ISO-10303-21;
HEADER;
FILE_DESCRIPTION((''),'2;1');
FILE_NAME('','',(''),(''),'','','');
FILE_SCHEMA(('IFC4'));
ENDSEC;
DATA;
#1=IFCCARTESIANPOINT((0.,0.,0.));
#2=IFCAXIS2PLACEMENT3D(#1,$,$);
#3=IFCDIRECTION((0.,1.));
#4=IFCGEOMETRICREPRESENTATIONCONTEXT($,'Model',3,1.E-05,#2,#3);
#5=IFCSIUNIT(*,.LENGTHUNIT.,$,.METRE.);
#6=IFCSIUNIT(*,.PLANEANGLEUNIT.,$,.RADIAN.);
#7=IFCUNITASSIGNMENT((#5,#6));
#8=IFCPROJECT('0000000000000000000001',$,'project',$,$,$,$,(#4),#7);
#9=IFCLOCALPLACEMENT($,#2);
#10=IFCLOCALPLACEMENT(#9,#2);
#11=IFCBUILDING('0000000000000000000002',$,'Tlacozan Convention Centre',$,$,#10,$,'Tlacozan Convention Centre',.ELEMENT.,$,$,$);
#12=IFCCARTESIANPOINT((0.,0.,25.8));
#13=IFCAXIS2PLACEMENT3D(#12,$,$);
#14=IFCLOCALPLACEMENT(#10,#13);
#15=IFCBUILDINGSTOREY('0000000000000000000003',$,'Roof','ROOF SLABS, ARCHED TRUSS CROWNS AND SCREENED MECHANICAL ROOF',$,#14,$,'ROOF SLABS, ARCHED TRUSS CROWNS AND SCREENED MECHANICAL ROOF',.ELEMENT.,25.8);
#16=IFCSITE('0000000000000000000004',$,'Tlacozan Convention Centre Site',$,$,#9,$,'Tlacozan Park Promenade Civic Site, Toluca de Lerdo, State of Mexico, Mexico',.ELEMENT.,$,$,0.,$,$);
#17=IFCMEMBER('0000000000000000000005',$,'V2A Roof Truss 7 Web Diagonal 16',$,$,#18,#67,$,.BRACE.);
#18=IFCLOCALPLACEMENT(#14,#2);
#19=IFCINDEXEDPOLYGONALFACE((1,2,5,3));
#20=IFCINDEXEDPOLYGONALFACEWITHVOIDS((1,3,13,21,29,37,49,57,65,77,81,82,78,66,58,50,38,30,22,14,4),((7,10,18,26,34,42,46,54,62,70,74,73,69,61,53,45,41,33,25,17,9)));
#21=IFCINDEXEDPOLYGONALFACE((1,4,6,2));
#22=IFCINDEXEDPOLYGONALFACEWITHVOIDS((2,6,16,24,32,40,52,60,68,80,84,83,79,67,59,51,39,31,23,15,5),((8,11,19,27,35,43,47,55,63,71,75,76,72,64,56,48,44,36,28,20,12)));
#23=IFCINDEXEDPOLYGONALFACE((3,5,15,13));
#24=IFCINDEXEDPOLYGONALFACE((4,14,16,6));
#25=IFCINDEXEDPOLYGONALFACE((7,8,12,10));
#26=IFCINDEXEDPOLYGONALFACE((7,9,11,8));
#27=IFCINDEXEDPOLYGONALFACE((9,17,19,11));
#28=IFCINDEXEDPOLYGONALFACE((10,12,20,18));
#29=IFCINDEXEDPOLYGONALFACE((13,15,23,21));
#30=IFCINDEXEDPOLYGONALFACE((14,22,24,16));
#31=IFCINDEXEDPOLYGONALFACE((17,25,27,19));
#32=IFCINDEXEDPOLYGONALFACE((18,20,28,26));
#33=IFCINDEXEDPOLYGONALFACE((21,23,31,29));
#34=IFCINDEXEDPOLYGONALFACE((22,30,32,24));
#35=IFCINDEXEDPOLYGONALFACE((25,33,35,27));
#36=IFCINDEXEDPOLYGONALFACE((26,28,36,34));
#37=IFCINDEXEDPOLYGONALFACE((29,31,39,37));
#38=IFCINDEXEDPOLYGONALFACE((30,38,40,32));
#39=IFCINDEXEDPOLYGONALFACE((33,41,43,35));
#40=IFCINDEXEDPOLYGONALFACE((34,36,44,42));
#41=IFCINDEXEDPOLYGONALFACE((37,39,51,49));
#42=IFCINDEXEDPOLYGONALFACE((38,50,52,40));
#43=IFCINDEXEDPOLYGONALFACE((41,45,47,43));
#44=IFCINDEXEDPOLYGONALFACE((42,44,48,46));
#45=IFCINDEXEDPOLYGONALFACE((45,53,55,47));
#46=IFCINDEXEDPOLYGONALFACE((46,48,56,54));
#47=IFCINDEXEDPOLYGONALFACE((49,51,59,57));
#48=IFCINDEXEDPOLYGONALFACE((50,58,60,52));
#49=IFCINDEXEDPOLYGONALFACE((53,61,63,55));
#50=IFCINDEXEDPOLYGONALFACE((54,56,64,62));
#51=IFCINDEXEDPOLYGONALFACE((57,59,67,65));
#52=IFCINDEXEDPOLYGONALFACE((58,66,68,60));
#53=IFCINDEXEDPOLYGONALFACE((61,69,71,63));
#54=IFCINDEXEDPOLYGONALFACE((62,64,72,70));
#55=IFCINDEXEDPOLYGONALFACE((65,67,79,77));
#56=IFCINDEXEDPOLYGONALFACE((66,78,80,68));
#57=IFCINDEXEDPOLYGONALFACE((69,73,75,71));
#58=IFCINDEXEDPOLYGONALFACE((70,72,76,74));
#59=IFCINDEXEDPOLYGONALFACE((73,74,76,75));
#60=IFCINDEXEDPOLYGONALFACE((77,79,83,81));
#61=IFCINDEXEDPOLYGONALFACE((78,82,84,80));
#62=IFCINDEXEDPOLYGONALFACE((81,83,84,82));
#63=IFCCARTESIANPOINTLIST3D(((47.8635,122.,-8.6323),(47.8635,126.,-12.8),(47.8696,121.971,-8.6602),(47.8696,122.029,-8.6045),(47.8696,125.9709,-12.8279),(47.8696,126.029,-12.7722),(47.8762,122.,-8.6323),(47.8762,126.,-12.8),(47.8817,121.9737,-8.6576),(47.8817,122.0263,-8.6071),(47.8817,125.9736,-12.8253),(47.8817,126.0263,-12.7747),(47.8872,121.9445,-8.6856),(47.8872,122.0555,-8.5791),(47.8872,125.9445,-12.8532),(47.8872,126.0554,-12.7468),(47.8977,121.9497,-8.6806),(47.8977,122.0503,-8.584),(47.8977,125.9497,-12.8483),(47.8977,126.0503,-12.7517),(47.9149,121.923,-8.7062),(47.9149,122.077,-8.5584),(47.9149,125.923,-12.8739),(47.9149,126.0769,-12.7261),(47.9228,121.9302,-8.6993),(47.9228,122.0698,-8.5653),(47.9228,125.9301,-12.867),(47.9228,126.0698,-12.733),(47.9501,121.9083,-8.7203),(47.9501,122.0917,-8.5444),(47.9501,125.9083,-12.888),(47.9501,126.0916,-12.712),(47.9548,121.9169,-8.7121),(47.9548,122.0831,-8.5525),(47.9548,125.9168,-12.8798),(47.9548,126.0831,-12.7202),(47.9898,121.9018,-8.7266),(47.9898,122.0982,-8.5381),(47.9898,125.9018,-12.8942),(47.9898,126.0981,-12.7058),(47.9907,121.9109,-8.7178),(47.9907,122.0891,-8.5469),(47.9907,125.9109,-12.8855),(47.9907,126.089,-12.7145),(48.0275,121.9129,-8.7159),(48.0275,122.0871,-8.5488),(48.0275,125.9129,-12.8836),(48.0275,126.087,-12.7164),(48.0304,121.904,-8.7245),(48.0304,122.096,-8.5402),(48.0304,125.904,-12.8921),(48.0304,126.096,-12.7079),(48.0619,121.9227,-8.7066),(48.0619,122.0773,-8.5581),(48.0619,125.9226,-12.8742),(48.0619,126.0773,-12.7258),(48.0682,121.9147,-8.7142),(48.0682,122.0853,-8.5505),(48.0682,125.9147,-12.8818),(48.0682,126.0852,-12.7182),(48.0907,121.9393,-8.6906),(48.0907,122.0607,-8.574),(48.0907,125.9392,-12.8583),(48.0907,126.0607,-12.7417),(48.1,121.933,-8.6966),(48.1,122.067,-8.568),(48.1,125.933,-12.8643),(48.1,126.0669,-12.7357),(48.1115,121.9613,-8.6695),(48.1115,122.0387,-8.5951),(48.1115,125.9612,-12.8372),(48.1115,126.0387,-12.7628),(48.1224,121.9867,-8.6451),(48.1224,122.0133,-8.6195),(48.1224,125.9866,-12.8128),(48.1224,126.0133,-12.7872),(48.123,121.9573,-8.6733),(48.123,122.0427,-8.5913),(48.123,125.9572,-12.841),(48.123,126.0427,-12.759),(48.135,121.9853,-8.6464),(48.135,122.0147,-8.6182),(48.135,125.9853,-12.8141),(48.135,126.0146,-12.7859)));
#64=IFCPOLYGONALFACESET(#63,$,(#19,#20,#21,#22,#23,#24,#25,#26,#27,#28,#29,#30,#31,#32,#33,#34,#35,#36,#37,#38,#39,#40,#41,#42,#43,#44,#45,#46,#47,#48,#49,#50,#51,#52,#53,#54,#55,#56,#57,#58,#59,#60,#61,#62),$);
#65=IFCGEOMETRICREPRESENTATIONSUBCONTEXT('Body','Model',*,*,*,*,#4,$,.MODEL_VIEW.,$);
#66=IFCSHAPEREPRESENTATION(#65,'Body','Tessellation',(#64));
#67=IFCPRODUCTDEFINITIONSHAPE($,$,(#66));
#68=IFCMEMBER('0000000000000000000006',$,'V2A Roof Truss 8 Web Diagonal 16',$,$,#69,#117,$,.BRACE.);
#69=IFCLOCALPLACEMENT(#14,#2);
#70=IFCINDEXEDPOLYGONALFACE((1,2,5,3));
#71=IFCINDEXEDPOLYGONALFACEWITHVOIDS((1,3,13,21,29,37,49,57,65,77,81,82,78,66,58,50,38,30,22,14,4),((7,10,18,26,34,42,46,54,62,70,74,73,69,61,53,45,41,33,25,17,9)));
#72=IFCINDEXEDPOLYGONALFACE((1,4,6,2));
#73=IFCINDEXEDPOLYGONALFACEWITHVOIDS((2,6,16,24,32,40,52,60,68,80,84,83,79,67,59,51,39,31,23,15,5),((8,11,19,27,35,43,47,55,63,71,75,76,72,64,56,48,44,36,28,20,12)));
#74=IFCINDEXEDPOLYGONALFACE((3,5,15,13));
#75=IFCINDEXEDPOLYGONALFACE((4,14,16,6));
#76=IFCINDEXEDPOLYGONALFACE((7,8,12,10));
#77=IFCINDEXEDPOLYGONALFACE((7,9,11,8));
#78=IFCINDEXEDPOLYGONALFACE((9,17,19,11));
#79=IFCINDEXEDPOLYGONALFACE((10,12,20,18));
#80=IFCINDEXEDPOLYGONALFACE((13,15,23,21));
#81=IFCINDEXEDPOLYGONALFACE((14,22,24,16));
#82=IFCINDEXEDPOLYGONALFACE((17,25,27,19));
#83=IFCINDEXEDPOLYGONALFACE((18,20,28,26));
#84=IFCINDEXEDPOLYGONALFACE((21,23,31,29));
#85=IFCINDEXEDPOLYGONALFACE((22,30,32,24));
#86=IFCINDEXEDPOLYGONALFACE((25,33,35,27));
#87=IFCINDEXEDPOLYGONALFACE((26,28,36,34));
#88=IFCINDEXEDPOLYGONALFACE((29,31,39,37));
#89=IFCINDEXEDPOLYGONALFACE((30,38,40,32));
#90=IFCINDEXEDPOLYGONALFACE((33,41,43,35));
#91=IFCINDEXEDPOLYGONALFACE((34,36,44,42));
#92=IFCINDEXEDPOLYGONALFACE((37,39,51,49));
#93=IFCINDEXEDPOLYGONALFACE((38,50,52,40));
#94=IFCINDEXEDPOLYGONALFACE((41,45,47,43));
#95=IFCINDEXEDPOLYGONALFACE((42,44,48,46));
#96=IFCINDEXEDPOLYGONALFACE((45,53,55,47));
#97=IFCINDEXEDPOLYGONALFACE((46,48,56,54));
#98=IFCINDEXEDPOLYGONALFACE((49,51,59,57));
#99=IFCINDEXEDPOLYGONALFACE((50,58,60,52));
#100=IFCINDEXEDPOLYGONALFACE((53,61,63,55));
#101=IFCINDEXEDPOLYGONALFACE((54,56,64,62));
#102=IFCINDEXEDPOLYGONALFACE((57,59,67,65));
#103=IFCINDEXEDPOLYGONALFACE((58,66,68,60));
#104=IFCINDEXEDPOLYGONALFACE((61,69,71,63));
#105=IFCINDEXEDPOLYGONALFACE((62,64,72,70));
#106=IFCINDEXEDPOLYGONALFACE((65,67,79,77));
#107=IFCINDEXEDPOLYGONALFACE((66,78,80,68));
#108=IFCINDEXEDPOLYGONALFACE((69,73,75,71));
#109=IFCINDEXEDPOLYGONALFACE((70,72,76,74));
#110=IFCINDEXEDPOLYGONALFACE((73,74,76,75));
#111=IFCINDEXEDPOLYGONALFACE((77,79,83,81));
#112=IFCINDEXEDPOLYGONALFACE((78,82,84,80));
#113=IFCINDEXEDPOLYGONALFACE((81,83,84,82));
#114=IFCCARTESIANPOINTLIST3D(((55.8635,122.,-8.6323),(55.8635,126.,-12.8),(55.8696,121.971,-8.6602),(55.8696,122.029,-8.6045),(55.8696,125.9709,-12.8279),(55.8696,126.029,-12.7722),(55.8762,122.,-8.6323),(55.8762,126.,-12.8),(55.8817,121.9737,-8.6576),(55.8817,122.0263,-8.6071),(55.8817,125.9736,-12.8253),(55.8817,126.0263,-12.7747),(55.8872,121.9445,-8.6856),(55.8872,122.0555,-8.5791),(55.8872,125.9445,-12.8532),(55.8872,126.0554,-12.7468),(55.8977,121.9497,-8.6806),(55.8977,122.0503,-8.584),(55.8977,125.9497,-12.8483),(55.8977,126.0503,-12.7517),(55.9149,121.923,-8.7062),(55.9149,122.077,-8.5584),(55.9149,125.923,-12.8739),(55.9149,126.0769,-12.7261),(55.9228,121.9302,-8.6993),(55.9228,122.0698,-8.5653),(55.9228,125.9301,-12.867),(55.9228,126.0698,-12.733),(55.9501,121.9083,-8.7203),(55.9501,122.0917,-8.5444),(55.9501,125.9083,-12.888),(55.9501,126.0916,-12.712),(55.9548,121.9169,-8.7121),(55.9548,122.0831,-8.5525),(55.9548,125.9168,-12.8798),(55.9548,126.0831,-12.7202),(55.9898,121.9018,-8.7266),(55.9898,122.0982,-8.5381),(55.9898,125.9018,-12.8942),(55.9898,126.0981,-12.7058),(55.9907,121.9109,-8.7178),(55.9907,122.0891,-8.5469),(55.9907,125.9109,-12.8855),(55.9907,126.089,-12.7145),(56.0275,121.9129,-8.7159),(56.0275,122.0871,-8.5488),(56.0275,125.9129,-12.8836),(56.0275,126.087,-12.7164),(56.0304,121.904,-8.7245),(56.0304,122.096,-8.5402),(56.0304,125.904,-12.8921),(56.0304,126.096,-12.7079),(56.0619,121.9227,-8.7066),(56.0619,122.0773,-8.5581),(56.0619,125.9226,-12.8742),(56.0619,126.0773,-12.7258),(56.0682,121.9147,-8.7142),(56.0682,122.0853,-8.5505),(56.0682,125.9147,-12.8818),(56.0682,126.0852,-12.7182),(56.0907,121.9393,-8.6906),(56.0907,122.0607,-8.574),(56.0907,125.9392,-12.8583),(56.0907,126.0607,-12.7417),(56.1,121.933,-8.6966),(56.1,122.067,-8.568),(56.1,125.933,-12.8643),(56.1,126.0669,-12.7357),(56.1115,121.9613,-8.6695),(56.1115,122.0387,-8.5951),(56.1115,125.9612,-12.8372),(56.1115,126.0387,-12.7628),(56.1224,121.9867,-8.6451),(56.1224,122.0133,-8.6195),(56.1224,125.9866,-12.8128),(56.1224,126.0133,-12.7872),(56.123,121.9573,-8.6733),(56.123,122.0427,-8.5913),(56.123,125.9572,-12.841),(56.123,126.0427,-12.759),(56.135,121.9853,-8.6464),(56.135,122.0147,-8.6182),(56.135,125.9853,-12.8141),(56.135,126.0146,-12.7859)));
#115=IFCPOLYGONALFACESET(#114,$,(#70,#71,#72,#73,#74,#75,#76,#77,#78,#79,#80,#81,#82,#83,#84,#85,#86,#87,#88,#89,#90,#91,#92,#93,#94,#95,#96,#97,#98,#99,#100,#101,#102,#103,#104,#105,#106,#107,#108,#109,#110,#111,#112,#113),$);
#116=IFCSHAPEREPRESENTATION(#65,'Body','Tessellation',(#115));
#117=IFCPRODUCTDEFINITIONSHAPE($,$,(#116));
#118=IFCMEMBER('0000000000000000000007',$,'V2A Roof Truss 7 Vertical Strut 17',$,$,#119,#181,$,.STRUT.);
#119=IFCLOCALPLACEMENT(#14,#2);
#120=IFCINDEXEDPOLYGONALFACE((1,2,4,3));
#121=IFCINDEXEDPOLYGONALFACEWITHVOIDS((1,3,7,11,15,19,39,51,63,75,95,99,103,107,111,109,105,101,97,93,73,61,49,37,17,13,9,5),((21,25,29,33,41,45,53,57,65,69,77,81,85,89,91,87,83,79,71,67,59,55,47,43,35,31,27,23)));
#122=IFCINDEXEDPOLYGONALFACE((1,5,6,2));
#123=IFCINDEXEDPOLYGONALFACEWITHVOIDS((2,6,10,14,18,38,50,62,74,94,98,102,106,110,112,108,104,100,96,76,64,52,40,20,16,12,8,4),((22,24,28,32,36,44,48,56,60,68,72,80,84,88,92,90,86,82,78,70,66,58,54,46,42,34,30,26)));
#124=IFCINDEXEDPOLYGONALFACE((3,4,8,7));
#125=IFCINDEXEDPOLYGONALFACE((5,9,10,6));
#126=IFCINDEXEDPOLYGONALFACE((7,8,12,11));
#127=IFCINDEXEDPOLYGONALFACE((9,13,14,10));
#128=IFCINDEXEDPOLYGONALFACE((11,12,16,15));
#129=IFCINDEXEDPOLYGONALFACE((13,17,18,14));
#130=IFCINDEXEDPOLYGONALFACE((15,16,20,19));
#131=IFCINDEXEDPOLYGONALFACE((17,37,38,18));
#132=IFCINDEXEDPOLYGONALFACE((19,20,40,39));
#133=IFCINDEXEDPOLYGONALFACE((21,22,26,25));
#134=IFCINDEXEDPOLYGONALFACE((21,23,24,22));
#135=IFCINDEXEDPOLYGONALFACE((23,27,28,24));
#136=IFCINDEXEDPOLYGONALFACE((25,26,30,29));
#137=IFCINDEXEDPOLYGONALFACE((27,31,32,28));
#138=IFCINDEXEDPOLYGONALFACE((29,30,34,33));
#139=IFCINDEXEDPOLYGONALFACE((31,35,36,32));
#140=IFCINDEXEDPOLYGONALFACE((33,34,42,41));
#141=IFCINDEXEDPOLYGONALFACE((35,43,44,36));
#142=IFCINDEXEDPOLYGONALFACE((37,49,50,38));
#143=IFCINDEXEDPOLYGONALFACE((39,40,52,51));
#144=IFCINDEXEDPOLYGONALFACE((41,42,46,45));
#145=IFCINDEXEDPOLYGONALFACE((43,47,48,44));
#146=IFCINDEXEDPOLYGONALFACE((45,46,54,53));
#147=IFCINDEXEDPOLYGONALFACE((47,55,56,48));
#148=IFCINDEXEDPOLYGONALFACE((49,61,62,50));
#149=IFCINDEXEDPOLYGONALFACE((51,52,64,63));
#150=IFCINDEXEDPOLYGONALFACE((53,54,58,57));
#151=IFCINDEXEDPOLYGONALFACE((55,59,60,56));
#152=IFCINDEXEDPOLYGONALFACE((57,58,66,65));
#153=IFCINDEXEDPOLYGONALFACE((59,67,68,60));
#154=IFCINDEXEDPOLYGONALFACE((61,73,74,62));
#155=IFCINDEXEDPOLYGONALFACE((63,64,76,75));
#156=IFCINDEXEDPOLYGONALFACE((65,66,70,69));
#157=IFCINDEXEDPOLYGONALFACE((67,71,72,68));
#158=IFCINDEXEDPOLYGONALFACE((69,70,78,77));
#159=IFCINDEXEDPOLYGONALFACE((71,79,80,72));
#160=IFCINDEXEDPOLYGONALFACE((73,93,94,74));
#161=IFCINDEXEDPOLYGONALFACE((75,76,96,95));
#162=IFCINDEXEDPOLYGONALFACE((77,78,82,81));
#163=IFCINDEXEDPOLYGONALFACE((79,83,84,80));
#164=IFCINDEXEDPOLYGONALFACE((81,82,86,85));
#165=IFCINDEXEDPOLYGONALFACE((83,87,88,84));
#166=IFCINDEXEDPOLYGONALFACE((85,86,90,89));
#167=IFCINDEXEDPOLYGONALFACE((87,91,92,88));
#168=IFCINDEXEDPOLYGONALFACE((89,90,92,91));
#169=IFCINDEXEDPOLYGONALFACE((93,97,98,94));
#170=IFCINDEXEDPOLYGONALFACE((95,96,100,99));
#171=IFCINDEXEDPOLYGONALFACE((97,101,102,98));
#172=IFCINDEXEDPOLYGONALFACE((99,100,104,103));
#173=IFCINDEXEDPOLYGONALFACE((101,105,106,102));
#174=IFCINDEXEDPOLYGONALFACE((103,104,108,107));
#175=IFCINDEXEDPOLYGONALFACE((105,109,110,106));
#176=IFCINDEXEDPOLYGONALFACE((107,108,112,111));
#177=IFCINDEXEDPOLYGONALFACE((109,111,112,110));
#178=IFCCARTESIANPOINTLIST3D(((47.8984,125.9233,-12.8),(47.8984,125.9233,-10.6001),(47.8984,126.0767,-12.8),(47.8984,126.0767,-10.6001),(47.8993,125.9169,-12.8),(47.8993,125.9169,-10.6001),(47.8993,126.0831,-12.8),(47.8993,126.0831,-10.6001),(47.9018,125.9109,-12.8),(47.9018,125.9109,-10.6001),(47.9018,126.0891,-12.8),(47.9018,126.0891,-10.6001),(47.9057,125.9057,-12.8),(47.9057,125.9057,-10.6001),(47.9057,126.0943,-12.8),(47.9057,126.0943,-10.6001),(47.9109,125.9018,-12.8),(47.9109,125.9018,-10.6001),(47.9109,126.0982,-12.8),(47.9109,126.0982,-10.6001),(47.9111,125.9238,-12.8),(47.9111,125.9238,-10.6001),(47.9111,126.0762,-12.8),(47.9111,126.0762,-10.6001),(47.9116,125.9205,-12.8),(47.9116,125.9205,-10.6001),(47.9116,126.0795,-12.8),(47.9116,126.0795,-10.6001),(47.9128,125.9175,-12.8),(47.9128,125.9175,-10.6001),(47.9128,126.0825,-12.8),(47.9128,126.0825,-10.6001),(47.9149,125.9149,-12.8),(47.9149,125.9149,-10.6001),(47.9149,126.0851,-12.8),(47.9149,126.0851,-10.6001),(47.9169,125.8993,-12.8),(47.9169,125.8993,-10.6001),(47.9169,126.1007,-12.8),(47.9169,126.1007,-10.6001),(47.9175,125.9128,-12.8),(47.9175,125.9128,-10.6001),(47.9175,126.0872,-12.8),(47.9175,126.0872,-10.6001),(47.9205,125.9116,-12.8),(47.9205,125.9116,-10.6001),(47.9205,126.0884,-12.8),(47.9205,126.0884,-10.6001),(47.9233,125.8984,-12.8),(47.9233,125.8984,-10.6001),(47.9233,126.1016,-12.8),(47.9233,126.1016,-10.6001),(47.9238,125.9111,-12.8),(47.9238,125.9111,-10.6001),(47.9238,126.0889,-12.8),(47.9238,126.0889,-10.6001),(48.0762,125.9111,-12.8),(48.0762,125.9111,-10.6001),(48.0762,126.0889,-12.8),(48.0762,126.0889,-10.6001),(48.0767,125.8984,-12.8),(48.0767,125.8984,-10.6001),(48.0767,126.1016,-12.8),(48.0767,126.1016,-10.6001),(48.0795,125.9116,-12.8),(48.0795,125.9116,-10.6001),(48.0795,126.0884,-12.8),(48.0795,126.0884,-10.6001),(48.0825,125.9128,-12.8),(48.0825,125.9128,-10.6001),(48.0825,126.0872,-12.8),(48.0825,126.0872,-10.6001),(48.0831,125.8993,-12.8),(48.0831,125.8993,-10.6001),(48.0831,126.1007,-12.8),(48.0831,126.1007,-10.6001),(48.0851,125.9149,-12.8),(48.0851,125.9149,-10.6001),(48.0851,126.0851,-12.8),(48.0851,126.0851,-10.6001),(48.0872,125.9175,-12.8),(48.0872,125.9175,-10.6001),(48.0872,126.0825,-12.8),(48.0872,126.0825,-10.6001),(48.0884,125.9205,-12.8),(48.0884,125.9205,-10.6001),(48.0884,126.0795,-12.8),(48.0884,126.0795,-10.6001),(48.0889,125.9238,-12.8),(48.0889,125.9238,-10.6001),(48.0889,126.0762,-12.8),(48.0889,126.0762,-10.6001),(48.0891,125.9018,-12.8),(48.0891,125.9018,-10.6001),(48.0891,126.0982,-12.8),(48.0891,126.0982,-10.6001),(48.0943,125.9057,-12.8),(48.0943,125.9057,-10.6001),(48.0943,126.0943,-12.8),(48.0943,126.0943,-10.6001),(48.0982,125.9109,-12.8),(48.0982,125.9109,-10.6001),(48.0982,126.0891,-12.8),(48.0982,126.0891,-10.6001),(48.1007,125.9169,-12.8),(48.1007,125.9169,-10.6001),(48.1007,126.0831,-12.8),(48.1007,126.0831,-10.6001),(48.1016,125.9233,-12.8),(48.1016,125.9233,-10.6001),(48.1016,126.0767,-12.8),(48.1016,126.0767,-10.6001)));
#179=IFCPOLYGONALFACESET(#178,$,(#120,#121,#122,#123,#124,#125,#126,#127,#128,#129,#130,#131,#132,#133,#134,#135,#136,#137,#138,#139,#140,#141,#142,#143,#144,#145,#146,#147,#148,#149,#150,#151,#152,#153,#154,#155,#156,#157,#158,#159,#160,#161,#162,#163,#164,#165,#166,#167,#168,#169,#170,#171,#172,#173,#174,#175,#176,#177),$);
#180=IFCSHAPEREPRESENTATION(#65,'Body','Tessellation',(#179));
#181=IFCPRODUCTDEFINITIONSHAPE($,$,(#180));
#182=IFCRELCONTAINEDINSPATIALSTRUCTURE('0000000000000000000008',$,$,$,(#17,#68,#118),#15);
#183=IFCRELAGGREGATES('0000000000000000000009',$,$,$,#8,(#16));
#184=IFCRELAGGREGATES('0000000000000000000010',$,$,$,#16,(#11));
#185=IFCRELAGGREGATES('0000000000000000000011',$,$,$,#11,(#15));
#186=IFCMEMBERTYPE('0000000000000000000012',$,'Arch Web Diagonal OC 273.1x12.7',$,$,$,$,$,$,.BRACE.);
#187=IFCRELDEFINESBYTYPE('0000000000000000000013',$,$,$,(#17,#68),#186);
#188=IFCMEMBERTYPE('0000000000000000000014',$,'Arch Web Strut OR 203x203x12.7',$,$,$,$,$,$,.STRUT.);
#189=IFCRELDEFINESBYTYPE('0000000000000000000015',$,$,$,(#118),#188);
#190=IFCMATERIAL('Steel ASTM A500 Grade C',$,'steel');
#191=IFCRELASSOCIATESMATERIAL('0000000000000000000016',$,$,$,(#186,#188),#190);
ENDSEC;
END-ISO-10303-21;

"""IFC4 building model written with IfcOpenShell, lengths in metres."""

from ifc_helpers import new_model, si_unit, direction, frame, origin, origin_2d, place, context, subcontext, project, spatial, hollow_rectangle, hollow_circle, extrude, material, material_profile, profile_set, type_object, element, save


model = new_model("IFC4")

# Units and contexts
model_context = context("Model", 3, precision=1e-05, world=origin(), true_north=direction((0.0, 1.0)))
body_context = subcontext(model_context, "Body", "Model", "MODEL_VIEW")
ifc_project = project(units=[si_unit("LENGTHUNIT", "METRE"), si_unit("PLANEANGLEUNIT", "RADIAN")], contexts=[model_context])

# Site, building, storey
site_placement = place(None, origin())
site = spatial("IfcSite", under=ifc_project, at=site_placement, Name="Tlacozan Convention Centre Site", LongName="Tlacozan Park Promenade Civic Site, Toluca de Lerdo, State of Mexico, Mexico", CompositionType="ELEMENT", RefElevation=0.0)
building_placement = place(site_placement, origin())
building = spatial("IfcBuilding", under=site, at=building_placement, Name="Tlacozan Convention Centre", LongName="Tlacozan Convention Centre", CompositionType="ELEMENT")
storey_placement = place(building_placement, frame((0.0, 0.0, 25.8)))
storey = spatial("IfcBuildingStorey", under=building, at=storey_placement, Name="Roof", Description="ROOF SLABS, ARCHED TRUSS CROWNS AND SCREENED MECHANICAL ROOF", LongName="ROOF SLABS, ARCHED TRUSS CROWNS AND SCREENED MECHANICAL ROOF", CompositionType="ELEMENT", Elevation=25.8)

# Members
ifc_material_1 = material(Name="Steel ASTM A500 Grade C", Category="steel")
ifc_material_profile_1 = material_profile(ifc_material_1, hollow_circle(Radius=0.1365, WallThickness=0.0127, at=origin_2d()), Name="OC 273.1x12.7")
ifc_profile_set_1 = profile_set([ifc_material_profile_1], Name="Steel ASTM A500 Grade C")
member_type_1 = type_object("IfcMemberType", Name="Arch Web Diagonal OC 273.1x12.7", PredefinedType="BRACE", material=ifc_profile_set_1)
for number, where, z_axis, x_axis, name in (
    (1, (48.0, 122.0, -8.6323), (0.0, 0.69244, -0.721475), (-1.0, 0.0, 0.0), "V2A Roof Truss 7 Web Diagonal 16"),
    (2, (56.0, 122.0, -8.6323), (0.0, 0.69244, -0.721475), (-1.0, 0.0, 0.0), "V2A Roof Truss 8 Web Diagonal 16"),
):
    element("IfcMember", number, at=place(storey_placement, frame(where, z_axis=z_axis, x_axis=x_axis)), inside=storey, type_object=member_type_1, Name=name, PredefinedType="BRACE", context=body_context, shape_type="SweptSolid", body=[
        extrude(hollow_circle(Radius=0.1365, WallThickness=0.0127, at=origin_2d()), origin(), (0.0, 0.0, 1.0), 5.7766),
    ])
ifc_material_profile_2 = material_profile(ifc_material_1, hollow_rectangle(XDim=0.2031, YDim=0.2031, WallThickness=0.0127, InnerFilletRadius=0.0127, OuterFilletRadius=0.0249, at=origin_2d()), Name="OR 203x203x12.7")
ifc_profile_set_2 = profile_set([ifc_material_profile_2], Name="Steel ASTM A500 Grade C")
member_type_2 = type_object("IfcMemberType", Name="Arch Web Strut OR 203x203x12.7", PredefinedType="STRUT", material=ifc_profile_set_2)
member_1_placement = place(storey_placement, frame((48.0, 126.0, -12.8), z_axis=(0.0, 0.0, 1.0), x_axis=(1.0, 0.0, 0.0)))
element("IfcMember", 3, at=member_1_placement, inside=storey, type_object=member_type_2, Name="V2A Roof Truss 7 Vertical Strut 17", PredefinedType="STRUT", context=body_context, shape_type="SweptSolid", body=[
    extrude(hollow_rectangle(XDim=0.2031, YDim=0.2031, WallThickness=0.0127, InnerFilletRadius=0.0127, OuterFilletRadius=0.0249, at=origin_2d()), origin(), (0.0, 0.0, 1.0), 2.2),
])

save(model, "model.ifc")
